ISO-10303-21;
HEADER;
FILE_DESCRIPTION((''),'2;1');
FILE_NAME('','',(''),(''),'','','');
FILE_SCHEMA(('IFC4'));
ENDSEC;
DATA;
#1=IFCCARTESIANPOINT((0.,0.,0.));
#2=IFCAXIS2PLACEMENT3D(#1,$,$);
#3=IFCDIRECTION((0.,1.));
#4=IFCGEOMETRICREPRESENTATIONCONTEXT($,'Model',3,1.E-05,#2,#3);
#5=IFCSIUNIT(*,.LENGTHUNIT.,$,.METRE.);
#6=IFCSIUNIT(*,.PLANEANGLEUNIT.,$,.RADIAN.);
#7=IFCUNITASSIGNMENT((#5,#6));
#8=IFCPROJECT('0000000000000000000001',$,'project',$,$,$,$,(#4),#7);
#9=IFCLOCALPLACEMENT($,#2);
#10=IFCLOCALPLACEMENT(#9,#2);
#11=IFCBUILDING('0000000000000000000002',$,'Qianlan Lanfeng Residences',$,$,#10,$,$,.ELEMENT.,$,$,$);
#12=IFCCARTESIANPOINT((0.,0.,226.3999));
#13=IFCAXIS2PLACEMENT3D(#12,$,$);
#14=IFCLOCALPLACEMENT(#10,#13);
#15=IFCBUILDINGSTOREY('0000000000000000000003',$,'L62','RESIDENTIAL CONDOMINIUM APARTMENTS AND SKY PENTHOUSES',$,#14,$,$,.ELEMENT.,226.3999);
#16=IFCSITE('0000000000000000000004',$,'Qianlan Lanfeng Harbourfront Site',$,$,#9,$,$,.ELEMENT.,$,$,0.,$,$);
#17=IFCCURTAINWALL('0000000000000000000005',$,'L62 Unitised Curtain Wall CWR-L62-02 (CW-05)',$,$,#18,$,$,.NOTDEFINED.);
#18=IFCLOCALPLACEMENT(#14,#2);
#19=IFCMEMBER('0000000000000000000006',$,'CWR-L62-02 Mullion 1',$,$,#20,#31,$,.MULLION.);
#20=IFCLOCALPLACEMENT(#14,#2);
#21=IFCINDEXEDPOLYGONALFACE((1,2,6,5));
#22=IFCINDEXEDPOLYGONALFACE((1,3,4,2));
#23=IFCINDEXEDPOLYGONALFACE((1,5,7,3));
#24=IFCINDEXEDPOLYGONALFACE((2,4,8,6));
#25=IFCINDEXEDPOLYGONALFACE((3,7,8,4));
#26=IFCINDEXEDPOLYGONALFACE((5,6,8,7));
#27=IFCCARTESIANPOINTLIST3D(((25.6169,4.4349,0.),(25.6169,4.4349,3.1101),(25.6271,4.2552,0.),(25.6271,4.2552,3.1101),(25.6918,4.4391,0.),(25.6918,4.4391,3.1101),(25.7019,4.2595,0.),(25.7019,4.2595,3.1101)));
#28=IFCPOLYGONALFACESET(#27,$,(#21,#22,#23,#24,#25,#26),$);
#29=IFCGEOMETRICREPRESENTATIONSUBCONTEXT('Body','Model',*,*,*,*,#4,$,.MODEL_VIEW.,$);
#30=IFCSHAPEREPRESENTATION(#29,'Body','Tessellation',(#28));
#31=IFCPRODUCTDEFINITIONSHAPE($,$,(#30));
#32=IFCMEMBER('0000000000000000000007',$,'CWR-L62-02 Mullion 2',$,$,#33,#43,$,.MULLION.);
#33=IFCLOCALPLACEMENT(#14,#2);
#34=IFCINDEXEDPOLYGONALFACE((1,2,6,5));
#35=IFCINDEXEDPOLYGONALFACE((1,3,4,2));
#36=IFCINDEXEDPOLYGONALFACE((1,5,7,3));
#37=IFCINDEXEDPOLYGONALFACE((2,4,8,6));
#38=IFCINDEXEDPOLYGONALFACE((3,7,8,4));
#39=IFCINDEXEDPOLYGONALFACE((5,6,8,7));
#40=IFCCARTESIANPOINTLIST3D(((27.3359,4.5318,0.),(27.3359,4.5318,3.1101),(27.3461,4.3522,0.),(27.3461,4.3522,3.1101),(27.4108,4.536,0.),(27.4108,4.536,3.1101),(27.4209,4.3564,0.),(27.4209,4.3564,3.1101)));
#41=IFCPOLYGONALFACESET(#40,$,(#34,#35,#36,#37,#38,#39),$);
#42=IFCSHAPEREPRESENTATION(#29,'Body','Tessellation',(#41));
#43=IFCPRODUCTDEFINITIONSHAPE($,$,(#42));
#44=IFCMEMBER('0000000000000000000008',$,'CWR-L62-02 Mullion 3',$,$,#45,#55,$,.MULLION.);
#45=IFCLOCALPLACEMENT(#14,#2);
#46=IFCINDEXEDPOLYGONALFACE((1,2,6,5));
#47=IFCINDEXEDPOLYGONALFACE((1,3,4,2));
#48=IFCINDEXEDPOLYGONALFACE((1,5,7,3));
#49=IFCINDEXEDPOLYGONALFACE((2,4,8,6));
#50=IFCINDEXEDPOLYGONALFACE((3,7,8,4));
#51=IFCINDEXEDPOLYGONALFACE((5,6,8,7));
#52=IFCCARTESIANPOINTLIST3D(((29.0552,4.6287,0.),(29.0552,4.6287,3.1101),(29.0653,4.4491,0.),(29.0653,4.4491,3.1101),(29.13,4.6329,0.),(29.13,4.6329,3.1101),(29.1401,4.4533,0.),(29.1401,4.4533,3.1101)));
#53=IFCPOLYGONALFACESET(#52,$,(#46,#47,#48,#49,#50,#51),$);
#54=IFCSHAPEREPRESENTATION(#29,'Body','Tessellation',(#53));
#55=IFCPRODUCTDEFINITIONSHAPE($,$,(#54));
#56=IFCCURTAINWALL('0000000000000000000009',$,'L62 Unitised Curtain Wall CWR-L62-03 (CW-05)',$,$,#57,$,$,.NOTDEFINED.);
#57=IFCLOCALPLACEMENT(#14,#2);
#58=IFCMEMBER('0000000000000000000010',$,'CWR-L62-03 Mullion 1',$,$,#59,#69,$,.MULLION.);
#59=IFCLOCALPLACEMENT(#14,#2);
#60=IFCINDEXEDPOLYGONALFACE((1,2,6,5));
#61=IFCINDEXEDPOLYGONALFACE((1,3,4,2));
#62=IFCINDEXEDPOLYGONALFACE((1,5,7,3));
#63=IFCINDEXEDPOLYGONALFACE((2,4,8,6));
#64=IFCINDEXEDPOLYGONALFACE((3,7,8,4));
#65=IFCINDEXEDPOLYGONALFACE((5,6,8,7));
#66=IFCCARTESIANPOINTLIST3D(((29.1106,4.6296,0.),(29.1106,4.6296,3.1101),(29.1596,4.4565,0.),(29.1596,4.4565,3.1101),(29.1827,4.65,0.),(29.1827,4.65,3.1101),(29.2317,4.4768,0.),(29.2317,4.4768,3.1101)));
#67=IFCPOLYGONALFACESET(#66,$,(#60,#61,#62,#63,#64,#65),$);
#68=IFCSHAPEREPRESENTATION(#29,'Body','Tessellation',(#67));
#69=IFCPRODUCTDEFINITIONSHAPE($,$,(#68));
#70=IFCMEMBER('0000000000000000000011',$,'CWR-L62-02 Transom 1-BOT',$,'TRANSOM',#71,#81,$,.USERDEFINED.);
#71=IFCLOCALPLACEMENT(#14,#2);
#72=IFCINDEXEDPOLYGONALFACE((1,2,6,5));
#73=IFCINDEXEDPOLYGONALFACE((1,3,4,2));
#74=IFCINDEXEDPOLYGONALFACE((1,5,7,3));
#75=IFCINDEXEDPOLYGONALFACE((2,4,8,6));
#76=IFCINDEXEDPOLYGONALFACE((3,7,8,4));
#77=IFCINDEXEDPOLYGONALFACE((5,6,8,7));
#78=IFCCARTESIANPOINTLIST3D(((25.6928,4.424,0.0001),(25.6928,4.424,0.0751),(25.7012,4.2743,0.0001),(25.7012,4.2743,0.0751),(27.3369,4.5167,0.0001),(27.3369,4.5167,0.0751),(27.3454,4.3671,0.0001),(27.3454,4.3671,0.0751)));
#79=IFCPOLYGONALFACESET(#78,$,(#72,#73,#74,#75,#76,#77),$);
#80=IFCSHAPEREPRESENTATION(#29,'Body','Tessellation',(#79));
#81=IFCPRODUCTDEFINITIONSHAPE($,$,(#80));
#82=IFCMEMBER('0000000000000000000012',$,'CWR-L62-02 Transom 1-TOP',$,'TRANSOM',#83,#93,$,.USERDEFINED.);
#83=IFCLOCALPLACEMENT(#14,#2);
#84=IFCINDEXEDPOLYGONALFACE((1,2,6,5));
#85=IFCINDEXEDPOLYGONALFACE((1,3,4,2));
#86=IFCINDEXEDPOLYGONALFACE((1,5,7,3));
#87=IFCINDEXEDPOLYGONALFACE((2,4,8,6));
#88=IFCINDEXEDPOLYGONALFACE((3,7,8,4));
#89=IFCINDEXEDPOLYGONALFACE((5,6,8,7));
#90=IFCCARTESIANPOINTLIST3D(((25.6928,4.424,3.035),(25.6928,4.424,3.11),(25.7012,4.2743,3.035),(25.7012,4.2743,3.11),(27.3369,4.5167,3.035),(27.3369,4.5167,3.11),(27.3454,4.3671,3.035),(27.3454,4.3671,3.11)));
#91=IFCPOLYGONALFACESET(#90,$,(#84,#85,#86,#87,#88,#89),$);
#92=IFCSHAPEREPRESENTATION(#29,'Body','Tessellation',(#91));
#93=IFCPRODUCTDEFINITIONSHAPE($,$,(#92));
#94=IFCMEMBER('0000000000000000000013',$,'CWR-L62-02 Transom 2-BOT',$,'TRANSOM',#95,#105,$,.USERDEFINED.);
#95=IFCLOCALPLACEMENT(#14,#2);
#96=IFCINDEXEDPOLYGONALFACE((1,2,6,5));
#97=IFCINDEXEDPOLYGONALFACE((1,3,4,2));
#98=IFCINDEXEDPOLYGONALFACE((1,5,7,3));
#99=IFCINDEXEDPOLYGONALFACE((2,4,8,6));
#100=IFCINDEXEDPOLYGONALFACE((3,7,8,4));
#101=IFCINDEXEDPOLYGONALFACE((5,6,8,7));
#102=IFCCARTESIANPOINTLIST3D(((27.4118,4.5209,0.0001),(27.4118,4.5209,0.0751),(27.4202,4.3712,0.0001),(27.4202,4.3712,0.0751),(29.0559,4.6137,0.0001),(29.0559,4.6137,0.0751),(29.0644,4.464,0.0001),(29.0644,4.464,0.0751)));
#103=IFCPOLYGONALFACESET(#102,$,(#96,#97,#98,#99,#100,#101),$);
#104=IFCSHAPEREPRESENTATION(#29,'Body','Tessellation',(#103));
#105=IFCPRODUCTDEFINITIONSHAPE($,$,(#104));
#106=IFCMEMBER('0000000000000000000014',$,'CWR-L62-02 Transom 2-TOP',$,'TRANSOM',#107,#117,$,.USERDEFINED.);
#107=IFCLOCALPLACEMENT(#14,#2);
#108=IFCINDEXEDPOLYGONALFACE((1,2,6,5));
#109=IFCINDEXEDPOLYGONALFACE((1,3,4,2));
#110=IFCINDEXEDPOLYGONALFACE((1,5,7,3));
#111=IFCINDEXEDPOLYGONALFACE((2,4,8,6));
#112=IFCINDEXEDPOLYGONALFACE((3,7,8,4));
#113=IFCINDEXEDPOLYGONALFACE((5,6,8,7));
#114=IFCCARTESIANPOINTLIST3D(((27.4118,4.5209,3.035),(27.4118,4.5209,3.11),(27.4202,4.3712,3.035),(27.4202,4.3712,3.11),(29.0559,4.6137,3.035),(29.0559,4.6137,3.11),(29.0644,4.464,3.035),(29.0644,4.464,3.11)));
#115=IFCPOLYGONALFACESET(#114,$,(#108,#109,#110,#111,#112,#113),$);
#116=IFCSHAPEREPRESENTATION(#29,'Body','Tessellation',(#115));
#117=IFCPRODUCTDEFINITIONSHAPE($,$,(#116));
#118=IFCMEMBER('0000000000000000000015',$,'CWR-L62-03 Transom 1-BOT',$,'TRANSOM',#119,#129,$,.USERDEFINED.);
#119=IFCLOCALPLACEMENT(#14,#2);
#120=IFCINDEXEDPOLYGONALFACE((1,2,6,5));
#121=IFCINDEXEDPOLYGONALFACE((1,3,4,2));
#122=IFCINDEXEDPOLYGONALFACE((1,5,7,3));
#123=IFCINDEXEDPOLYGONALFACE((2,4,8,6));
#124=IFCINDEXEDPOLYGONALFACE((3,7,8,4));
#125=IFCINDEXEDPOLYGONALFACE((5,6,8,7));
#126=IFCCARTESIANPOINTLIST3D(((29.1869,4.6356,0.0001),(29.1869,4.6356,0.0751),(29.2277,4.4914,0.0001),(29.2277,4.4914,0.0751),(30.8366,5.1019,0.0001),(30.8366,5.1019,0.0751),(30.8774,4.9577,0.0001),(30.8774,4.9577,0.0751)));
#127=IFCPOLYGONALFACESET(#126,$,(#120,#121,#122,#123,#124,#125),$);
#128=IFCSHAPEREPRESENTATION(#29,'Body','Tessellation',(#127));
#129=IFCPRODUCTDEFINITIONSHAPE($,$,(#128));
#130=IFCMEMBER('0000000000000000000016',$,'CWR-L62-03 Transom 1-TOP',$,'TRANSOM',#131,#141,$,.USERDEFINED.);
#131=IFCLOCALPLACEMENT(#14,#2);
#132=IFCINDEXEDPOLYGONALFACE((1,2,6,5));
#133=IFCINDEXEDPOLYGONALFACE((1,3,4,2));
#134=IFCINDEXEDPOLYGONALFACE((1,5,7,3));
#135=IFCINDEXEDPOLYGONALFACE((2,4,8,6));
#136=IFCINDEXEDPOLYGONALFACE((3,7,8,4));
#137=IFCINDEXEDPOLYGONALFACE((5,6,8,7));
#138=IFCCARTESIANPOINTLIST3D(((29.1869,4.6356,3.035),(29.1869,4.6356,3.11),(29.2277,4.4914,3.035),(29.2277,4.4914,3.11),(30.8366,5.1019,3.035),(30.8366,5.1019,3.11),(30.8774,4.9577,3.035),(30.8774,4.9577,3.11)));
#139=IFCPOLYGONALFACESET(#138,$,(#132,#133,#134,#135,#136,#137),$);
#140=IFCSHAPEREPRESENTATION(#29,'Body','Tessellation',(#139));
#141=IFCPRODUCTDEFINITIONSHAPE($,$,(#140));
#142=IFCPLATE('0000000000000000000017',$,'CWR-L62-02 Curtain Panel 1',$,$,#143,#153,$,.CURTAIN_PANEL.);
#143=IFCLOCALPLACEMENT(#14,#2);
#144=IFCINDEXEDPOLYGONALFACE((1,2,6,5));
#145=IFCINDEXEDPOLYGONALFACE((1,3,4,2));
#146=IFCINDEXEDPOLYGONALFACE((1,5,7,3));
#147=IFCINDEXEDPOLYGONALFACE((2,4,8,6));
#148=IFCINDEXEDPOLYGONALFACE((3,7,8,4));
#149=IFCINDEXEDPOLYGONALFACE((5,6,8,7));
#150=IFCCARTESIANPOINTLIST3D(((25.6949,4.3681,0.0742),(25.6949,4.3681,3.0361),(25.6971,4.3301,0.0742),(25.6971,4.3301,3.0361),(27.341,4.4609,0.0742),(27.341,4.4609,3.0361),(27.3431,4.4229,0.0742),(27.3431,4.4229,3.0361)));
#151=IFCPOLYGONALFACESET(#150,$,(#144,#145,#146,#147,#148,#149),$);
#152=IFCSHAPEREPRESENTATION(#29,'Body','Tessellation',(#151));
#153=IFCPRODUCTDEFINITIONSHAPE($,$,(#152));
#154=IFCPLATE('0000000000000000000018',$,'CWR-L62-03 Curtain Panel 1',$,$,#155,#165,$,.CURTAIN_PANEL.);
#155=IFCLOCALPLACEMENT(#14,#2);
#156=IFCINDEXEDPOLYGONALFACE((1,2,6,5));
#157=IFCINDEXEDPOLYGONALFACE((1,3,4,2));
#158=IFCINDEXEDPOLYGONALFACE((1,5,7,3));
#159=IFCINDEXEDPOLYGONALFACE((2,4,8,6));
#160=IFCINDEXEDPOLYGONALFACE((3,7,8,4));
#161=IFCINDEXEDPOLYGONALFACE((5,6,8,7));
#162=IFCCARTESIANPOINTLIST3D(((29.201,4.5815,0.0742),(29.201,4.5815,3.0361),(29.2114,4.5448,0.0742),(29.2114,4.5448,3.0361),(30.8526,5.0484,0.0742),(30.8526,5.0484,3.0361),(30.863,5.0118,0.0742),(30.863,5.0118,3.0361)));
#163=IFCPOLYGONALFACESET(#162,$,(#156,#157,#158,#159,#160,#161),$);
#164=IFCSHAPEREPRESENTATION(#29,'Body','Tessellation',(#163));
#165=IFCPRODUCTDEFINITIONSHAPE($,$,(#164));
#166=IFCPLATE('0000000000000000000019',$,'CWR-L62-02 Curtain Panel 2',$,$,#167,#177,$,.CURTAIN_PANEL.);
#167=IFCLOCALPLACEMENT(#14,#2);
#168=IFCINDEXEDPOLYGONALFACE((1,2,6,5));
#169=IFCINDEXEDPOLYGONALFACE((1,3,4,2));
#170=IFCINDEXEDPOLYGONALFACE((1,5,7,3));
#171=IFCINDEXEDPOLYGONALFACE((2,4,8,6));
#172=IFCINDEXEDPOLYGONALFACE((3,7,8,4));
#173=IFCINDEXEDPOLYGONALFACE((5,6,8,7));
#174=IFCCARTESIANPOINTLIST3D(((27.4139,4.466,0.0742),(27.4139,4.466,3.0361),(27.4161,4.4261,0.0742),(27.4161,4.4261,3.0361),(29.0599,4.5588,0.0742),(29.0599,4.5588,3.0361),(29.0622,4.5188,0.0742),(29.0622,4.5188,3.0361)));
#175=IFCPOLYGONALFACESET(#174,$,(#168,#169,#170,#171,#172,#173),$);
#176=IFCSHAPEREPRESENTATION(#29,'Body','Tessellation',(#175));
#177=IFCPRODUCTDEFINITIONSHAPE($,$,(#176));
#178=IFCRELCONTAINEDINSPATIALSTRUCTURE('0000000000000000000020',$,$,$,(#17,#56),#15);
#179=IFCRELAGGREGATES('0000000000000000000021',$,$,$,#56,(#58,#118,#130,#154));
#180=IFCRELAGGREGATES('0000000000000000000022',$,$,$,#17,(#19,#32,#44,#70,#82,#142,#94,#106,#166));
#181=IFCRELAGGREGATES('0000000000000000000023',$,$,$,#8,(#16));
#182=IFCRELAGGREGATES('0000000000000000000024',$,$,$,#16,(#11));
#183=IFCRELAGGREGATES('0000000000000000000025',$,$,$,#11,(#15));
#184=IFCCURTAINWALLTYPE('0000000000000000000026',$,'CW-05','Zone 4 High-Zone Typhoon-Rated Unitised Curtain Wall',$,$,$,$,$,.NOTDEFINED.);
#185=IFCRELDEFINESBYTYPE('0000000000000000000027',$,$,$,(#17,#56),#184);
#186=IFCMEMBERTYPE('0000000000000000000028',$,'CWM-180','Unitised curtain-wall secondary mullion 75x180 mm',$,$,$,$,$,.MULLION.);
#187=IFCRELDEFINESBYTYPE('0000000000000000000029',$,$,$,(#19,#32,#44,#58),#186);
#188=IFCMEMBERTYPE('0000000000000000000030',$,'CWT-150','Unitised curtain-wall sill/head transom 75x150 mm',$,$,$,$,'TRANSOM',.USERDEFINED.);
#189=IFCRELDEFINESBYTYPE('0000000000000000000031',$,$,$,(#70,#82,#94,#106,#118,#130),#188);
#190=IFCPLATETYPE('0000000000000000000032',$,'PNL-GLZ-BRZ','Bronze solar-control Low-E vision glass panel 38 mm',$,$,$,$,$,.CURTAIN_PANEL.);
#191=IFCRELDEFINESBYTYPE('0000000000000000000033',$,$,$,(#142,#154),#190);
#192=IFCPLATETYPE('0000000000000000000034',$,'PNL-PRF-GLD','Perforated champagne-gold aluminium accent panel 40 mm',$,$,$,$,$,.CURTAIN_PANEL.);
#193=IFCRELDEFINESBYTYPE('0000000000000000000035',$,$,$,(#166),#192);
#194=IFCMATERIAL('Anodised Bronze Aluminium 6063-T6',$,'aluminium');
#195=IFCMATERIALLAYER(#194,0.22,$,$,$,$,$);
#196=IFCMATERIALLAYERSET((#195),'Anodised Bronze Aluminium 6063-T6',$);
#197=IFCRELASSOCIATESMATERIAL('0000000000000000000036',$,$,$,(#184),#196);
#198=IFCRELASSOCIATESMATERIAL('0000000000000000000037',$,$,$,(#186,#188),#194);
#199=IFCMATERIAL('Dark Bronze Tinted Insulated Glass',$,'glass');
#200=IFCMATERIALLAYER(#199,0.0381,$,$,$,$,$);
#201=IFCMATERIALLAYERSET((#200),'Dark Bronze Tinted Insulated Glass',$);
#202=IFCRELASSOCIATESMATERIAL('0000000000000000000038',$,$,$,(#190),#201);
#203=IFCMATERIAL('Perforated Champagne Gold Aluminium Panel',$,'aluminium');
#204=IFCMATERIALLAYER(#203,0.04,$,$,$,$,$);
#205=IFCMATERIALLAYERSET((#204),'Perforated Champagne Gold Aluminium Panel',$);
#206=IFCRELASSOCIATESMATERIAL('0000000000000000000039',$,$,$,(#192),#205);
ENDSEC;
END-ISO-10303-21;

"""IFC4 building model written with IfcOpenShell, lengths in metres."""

from ifc_helpers import new_model, si_unit, direction, frame, origin, origin_2d, place, context, subcontext, project, spatial, rectangle, extrude, source, transform, mapped, material, layer, layer_set, material_profile, profile_set, type_object, element, aggregate, save


model = new_model("IFC4")

# Units and contexts
model_context = context("Model", 3, precision=1e-05, world=origin(), true_north=direction((0.0, 1.0)))
body_context = subcontext(model_context, "Body", "Model", "MODEL_VIEW")
ifc_project = project(units=[si_unit("LENGTHUNIT", "METRE"), si_unit("PLANEANGLEUNIT", "RADIAN")], contexts=[model_context])

# Site, building, storey
site_placement = place(None, origin())
site = spatial("IfcSite", under=ifc_project, at=site_placement, Name="Qianlan Lanfeng Harbourfront Site", CompositionType="ELEMENT", RefElevation=0.0)
building_placement = place(site_placement, origin())
building = spatial("IfcBuilding", under=site, at=building_placement, Name="Qianlan Lanfeng Residences", CompositionType="ELEMENT")
storey_placement = place(building_placement, frame((0.0, 0.0, 226.3999)))
storey = spatial("IfcBuildingStorey", under=building, at=storey_placement, Name="L62", Description="RESIDENTIAL CONDOMINIUM APARTMENTS AND SKY PENTHOUSES", CompositionType="ELEMENT", Elevation=226.3999)

# Curtain wall, members
ifc_material_1 = material(Name="Anodised Bronze Aluminium 6063-T6", Category="aluminium")
ifc_layer_1 = layer(ifc_material_1, 0.22)
ifc_layer_set_1 = layer_set([ifc_layer_1], Name="Anodised Bronze Aluminium 6063-T6")
curtain_wall_type = type_object("IfcCurtainWallType", Name="CW-05", Description="Zone 4 High-Zone Typhoon-Rated Unitised Curtain Wall", PredefinedType="NOTDEFINED", material=ifc_layer_set_1)
curtain_wall_1_placement = place(storey_placement, origin())
curtain_wall_1 = element("IfcCurtainWall", 1, at=curtain_wall_1_placement, inside=storey, type_object=curtain_wall_type, Name="L62 Unitised Curtain Wall CWR-L62-02 (CW-05)", PredefinedType="NOTDEFINED")
ifc_material_profile_1 = material_profile(ifc_material_1, rectangle(XDim=0.075, YDim=0.1799, at=origin_2d()), Name="ALU MULLION 75x180")
ifc_profile_set_1 = profile_set([ifc_material_profile_1], Name="Anodised Bronze Aluminium 6063-T6")
member_type_1 = type_object("IfcMemberType", Name="CWM-180", Description="Unitised curtain-wall secondary mullion 75x180 mm", PredefinedType="MULLION", material=ifc_profile_set_1)
shared_shape_1 = source(origin(), body_context, "Body", "SweptSolid", [
    extrude(rectangle(XDim=0.075, YDim=0.1799, at=origin_2d()), origin(), (0.0, 0.0, 1.0), 3.1101),
])
member_1_placement = place(storey_placement, frame((25.6594, 4.3472, 0.0), z_axis=(0.0, 0.0, 1.0), x_axis=(0.998415, 0.056273, 0.0)))
member_1 = element("IfcMember", 2, at=member_1_placement, type_object=member_type_1, Name="CWR-L62-02 Mullion 1", PredefinedType="MULLION", context=body_context, shape_type="MappedRepresentation", body=[
    mapped(shared_shape_1, transform((0.0, 0.0, 0.0), scale=1.0)),
])
member_2_placement = place(storey_placement, frame((27.3784, 4.4441, 0.0), z_axis=(0.0, 0.0, 1.0), x_axis=(0.998415, 0.056273, 0.0)))
member_2 = element("IfcMember", 3, at=member_2_placement, type_object=member_type_1, Name="CWR-L62-02 Mullion 2", PredefinedType="MULLION", context=body_context, shape_type="MappedRepresentation", body=[
    mapped(shared_shape_1, transform((0.0, 0.0, 0.0), scale=1.0)),
])
member_3_placement = place(storey_placement, frame((29.0977, 4.541, 0.0), z_axis=(0.0, 0.0, 1.0), x_axis=(0.998415, 0.056273, 0.0)))
member_3 = element("IfcMember", 4, at=member_3_placement, type_object=member_type_1, Name="CWR-L62-02 Mullion 3", PredefinedType="MULLION", context=body_context, shape_type="MappedRepresentation", body=[
    mapped(shared_shape_1, transform((0.0, 0.0, 0.0), scale=1.0)),
])

# Curtain wall, member
curtain_wall_2_placement = place(storey_placement, origin())
curtain_wall_2 = element("IfcCurtainWall", 5, at=curtain_wall_2_placement, inside=storey, type_object=curtain_wall_type, Name="L62 Unitised Curtain Wall CWR-L62-03 (CW-05)", PredefinedType="NOTDEFINED")
member_4_placement = place(storey_placement, frame((29.1711, 4.5532, 0.0), z_axis=(0.0, 0.0, 1.0), x_axis=(0.962284, 0.272045, 0.0)))
member_4 = element("IfcMember", 6, at=member_4_placement, type_object=member_type_1, Name="CWR-L62-03 Mullion 1", PredefinedType="MULLION", context=body_context, shape_type="MappedRepresentation", body=[
    mapped(shared_shape_1, transform((0.0, 0.0, 0.0), scale=1.0)),
])

# Members
ifc_material_profile_2 = material_profile(ifc_material_1, rectangle(XDim=0.075, YDim=0.1499, at=origin_2d()), Name="ALU TRANSOM 75x150")
ifc_profile_set_2 = profile_set([ifc_material_profile_2], Name="Anodised Bronze Aluminium 6063-T6")
member_type_2 = type_object("IfcMemberType", Name="CWT-150", Description="Unitised curtain-wall sill/head transom 75x150 mm", ElementType="TRANSOM", PredefinedType="USERDEFINED", material=ifc_profile_set_2)
shared_shape_2 = source(origin(), body_context, "Body", "SweptSolid", [
    extrude(rectangle(XDim=0.075, YDim=0.1499, at=origin_2d()), origin(), (0.0, 0.0, 1.0), 1.6467),
])
member_5_placement = place(storey_placement, frame((25.697, 4.3491, 0.0376), z_axis=(0.998412, 0.05634, 0.0), x_axis=(0.0, 0.0, 1.0)))
member_5 = element("IfcMember", 7, at=member_5_placement, type_object=member_type_2, Name="CWR-L62-02 Transom 1-BOT", ObjectType="TRANSOM", PredefinedType="USERDEFINED", context=body_context, shape_type="MappedRepresentation", body=[
    mapped(shared_shape_2, transform((0.0, 0.0, 0.0), scale=1.0)),
])
member_6_placement = place(storey_placement, frame((25.697, 4.3491, 3.0725), z_axis=(0.998412, 0.05634, 0.0), x_axis=(0.0, 0.0, 1.0)))
member_6 = element("IfcMember", 8, at=member_6_placement, type_object=member_type_2, Name="CWR-L62-02 Transom 1-TOP", ObjectType="TRANSOM", PredefinedType="USERDEFINED", context=body_context, shape_type="MappedRepresentation", body=[
    mapped(shared_shape_2, transform((0.0, 0.0, 0.0), scale=1.0)),
])
member_7_placement = place(storey_placement, frame((27.416, 4.446, 0.0376), z_axis=(0.998412, 0.05634, 0.0), x_axis=(0.0, 0.0, 1.0)))
member_7 = element("IfcMember", 9, at=member_7_placement, type_object=member_type_2, Name="CWR-L62-02 Transom 2-BOT", ObjectType="TRANSOM", PredefinedType="USERDEFINED", context=body_context, shape_type="MappedRepresentation", body=[
    mapped(shared_shape_2, transform((0.0, 0.0, 0.0), scale=1.0)),
])
member_8_placement = place(storey_placement, frame((27.416, 4.446, 3.0725), z_axis=(0.998412, 0.05634, 0.0), x_axis=(0.0, 0.0, 1.0)))
member_8 = element("IfcMember", 10, at=member_8_placement, type_object=member_type_2, Name="CWR-L62-02 Transom 2-TOP", ObjectType="TRANSOM", PredefinedType="USERDEFINED", context=body_context, shape_type="MappedRepresentation", body=[
    mapped(shared_shape_2, transform((0.0, 0.0, 0.0), scale=1.0)),
])
shared_shape_3 = source(origin(), body_context, "Body", "SweptSolid", [
    extrude(rectangle(XDim=0.075, YDim=0.1499, at=origin_2d()), origin(), (0.0, 0.0, 1.0), 1.7144),
])
member_9_placement = place(storey_placement, frame((29.2073, 4.5635, 0.0376), z_axis=(0.962294, 0.272011, 0.0), x_axis=(0.0, 0.0, 1.0)))
member_9 = element("IfcMember", 11, at=member_9_placement, type_object=member_type_2, Name="CWR-L62-03 Transom 1-BOT", ObjectType="TRANSOM", PredefinedType="USERDEFINED", context=body_context, shape_type="MappedRepresentation", body=[
    mapped(shared_shape_3, transform((0.0, 0.0, 0.0), scale=1.0)),
])
member_10_placement = place(storey_placement, frame((29.2073, 4.5635, 3.0725), z_axis=(0.962294, 0.272011, 0.0), x_axis=(0.0, 0.0, 1.0)))
member_10 = element("IfcMember", 12, at=member_10_placement, type_object=member_type_2, Name="CWR-L62-03 Transom 1-TOP", ObjectType="TRANSOM", PredefinedType="USERDEFINED", context=body_context, shape_type="MappedRepresentation", body=[
    mapped(shared_shape_3, transform((0.0, 0.0, 0.0), scale=1.0)),
])

# Plates
ifc_material_2 = material(Name="Dark Bronze Tinted Insulated Glass", Category="glass")
ifc_layer_2 = layer(ifc_material_2, 0.0381)
ifc_layer_set_2 = layer_set([ifc_layer_2], Name="Dark Bronze Tinted Insulated Glass")
plate_type_1 = type_object("IfcPlateType", Name="PNL-GLZ-BRZ", Description="Bronze solar-control Low-E vision glass panel 38 mm", PredefinedType="CURTAIN_PANEL", material=ifc_layer_set_2)
shared_shape_4 = source(origin(), body_context, "Body", "SweptSolid", [
    extrude(rectangle(XDim=1.6487, YDim=0.0381, at=origin_2d()), origin(), (0.0, 0.0, 1.0), 2.9619),
])
plate_1_placement = place(storey_placement, frame((26.519, 4.3955, 0.0742), z_axis=(0.0, 0.0, 1.0), x_axis=(0.998415, 0.056273, 0.0)))
plate_1 = element("IfcPlate", 13, at=plate_1_placement, type_object=plate_type_1, Name="CWR-L62-02 Curtain Panel 1", PredefinedType="CURTAIN_PANEL", context=body_context, shape_type="MappedRepresentation", body=[
    mapped(shared_shape_4, transform((0.0, 0.0, 0.0), scale=1.0)),
])
shared_shape_5 = source(origin(), body_context, "Body", "SweptSolid", [
    extrude(rectangle(XDim=1.7163, YDim=0.0381, at=origin_2d()), origin(), (0.0, 0.0, 1.0), 2.9619),
])
plate_2_placement = place(storey_placement, frame((30.032, 4.7966, 0.0742), z_axis=(0.0, 0.0, 1.0), x_axis=(0.962284, 0.272045, 0.0)))
plate_2 = element("IfcPlate", 14, at=plate_2_placement, type_object=plate_type_1, Name="CWR-L62-03 Curtain Panel 1", PredefinedType="CURTAIN_PANEL", context=body_context, shape_type="MappedRepresentation", body=[
    mapped(shared_shape_5, transform((0.0, 0.0, 0.0), scale=1.0)),
])
aggregate(curtain_wall_2, [member_4, member_9, member_10, plate_2])
ifc_material_3 = material(Name="Perforated Champagne Gold Aluminium Panel", Category="aluminium")
ifc_layer_3 = layer(ifc_material_3, 0.04)
ifc_layer_set_3 = layer_set([ifc_layer_3], Name="Perforated Champagne Gold Aluminium Panel")
plate_type_2 = type_object("IfcPlateType", Name="PNL-PRF-GLD", Description="Perforated champagne-gold aluminium accent panel 40 mm", PredefinedType="CURTAIN_PANEL", material=ifc_layer_set_3)
shared_shape_6 = source(origin(), body_context, "Body", "SweptSolid", [
    extrude(rectangle(XDim=1.6487, YDim=0.04, at=origin_2d()), origin(), (0.0, 0.0, 1.0), 2.9619),
])
plate_3_placement = place(storey_placement, frame((28.238, 4.4924, 0.0742), z_axis=(0.0, 0.0, 1.0), x_axis=(0.998415, 0.056273, 0.0)))
plate_3 = element("IfcPlate", 15, at=plate_3_placement, type_object=plate_type_2, Name="CWR-L62-02 Curtain Panel 2", PredefinedType="CURTAIN_PANEL", context=body_context, shape_type="MappedRepresentation", body=[
    mapped(shared_shape_6, transform((0.0, 0.0, 0.0), scale=1.0)),
])
aggregate(curtain_wall_1, [member_1, member_2, member_3, member_5, member_6, plate_1, member_7, member_8, plate_3])

save(model, "model.ifc")
